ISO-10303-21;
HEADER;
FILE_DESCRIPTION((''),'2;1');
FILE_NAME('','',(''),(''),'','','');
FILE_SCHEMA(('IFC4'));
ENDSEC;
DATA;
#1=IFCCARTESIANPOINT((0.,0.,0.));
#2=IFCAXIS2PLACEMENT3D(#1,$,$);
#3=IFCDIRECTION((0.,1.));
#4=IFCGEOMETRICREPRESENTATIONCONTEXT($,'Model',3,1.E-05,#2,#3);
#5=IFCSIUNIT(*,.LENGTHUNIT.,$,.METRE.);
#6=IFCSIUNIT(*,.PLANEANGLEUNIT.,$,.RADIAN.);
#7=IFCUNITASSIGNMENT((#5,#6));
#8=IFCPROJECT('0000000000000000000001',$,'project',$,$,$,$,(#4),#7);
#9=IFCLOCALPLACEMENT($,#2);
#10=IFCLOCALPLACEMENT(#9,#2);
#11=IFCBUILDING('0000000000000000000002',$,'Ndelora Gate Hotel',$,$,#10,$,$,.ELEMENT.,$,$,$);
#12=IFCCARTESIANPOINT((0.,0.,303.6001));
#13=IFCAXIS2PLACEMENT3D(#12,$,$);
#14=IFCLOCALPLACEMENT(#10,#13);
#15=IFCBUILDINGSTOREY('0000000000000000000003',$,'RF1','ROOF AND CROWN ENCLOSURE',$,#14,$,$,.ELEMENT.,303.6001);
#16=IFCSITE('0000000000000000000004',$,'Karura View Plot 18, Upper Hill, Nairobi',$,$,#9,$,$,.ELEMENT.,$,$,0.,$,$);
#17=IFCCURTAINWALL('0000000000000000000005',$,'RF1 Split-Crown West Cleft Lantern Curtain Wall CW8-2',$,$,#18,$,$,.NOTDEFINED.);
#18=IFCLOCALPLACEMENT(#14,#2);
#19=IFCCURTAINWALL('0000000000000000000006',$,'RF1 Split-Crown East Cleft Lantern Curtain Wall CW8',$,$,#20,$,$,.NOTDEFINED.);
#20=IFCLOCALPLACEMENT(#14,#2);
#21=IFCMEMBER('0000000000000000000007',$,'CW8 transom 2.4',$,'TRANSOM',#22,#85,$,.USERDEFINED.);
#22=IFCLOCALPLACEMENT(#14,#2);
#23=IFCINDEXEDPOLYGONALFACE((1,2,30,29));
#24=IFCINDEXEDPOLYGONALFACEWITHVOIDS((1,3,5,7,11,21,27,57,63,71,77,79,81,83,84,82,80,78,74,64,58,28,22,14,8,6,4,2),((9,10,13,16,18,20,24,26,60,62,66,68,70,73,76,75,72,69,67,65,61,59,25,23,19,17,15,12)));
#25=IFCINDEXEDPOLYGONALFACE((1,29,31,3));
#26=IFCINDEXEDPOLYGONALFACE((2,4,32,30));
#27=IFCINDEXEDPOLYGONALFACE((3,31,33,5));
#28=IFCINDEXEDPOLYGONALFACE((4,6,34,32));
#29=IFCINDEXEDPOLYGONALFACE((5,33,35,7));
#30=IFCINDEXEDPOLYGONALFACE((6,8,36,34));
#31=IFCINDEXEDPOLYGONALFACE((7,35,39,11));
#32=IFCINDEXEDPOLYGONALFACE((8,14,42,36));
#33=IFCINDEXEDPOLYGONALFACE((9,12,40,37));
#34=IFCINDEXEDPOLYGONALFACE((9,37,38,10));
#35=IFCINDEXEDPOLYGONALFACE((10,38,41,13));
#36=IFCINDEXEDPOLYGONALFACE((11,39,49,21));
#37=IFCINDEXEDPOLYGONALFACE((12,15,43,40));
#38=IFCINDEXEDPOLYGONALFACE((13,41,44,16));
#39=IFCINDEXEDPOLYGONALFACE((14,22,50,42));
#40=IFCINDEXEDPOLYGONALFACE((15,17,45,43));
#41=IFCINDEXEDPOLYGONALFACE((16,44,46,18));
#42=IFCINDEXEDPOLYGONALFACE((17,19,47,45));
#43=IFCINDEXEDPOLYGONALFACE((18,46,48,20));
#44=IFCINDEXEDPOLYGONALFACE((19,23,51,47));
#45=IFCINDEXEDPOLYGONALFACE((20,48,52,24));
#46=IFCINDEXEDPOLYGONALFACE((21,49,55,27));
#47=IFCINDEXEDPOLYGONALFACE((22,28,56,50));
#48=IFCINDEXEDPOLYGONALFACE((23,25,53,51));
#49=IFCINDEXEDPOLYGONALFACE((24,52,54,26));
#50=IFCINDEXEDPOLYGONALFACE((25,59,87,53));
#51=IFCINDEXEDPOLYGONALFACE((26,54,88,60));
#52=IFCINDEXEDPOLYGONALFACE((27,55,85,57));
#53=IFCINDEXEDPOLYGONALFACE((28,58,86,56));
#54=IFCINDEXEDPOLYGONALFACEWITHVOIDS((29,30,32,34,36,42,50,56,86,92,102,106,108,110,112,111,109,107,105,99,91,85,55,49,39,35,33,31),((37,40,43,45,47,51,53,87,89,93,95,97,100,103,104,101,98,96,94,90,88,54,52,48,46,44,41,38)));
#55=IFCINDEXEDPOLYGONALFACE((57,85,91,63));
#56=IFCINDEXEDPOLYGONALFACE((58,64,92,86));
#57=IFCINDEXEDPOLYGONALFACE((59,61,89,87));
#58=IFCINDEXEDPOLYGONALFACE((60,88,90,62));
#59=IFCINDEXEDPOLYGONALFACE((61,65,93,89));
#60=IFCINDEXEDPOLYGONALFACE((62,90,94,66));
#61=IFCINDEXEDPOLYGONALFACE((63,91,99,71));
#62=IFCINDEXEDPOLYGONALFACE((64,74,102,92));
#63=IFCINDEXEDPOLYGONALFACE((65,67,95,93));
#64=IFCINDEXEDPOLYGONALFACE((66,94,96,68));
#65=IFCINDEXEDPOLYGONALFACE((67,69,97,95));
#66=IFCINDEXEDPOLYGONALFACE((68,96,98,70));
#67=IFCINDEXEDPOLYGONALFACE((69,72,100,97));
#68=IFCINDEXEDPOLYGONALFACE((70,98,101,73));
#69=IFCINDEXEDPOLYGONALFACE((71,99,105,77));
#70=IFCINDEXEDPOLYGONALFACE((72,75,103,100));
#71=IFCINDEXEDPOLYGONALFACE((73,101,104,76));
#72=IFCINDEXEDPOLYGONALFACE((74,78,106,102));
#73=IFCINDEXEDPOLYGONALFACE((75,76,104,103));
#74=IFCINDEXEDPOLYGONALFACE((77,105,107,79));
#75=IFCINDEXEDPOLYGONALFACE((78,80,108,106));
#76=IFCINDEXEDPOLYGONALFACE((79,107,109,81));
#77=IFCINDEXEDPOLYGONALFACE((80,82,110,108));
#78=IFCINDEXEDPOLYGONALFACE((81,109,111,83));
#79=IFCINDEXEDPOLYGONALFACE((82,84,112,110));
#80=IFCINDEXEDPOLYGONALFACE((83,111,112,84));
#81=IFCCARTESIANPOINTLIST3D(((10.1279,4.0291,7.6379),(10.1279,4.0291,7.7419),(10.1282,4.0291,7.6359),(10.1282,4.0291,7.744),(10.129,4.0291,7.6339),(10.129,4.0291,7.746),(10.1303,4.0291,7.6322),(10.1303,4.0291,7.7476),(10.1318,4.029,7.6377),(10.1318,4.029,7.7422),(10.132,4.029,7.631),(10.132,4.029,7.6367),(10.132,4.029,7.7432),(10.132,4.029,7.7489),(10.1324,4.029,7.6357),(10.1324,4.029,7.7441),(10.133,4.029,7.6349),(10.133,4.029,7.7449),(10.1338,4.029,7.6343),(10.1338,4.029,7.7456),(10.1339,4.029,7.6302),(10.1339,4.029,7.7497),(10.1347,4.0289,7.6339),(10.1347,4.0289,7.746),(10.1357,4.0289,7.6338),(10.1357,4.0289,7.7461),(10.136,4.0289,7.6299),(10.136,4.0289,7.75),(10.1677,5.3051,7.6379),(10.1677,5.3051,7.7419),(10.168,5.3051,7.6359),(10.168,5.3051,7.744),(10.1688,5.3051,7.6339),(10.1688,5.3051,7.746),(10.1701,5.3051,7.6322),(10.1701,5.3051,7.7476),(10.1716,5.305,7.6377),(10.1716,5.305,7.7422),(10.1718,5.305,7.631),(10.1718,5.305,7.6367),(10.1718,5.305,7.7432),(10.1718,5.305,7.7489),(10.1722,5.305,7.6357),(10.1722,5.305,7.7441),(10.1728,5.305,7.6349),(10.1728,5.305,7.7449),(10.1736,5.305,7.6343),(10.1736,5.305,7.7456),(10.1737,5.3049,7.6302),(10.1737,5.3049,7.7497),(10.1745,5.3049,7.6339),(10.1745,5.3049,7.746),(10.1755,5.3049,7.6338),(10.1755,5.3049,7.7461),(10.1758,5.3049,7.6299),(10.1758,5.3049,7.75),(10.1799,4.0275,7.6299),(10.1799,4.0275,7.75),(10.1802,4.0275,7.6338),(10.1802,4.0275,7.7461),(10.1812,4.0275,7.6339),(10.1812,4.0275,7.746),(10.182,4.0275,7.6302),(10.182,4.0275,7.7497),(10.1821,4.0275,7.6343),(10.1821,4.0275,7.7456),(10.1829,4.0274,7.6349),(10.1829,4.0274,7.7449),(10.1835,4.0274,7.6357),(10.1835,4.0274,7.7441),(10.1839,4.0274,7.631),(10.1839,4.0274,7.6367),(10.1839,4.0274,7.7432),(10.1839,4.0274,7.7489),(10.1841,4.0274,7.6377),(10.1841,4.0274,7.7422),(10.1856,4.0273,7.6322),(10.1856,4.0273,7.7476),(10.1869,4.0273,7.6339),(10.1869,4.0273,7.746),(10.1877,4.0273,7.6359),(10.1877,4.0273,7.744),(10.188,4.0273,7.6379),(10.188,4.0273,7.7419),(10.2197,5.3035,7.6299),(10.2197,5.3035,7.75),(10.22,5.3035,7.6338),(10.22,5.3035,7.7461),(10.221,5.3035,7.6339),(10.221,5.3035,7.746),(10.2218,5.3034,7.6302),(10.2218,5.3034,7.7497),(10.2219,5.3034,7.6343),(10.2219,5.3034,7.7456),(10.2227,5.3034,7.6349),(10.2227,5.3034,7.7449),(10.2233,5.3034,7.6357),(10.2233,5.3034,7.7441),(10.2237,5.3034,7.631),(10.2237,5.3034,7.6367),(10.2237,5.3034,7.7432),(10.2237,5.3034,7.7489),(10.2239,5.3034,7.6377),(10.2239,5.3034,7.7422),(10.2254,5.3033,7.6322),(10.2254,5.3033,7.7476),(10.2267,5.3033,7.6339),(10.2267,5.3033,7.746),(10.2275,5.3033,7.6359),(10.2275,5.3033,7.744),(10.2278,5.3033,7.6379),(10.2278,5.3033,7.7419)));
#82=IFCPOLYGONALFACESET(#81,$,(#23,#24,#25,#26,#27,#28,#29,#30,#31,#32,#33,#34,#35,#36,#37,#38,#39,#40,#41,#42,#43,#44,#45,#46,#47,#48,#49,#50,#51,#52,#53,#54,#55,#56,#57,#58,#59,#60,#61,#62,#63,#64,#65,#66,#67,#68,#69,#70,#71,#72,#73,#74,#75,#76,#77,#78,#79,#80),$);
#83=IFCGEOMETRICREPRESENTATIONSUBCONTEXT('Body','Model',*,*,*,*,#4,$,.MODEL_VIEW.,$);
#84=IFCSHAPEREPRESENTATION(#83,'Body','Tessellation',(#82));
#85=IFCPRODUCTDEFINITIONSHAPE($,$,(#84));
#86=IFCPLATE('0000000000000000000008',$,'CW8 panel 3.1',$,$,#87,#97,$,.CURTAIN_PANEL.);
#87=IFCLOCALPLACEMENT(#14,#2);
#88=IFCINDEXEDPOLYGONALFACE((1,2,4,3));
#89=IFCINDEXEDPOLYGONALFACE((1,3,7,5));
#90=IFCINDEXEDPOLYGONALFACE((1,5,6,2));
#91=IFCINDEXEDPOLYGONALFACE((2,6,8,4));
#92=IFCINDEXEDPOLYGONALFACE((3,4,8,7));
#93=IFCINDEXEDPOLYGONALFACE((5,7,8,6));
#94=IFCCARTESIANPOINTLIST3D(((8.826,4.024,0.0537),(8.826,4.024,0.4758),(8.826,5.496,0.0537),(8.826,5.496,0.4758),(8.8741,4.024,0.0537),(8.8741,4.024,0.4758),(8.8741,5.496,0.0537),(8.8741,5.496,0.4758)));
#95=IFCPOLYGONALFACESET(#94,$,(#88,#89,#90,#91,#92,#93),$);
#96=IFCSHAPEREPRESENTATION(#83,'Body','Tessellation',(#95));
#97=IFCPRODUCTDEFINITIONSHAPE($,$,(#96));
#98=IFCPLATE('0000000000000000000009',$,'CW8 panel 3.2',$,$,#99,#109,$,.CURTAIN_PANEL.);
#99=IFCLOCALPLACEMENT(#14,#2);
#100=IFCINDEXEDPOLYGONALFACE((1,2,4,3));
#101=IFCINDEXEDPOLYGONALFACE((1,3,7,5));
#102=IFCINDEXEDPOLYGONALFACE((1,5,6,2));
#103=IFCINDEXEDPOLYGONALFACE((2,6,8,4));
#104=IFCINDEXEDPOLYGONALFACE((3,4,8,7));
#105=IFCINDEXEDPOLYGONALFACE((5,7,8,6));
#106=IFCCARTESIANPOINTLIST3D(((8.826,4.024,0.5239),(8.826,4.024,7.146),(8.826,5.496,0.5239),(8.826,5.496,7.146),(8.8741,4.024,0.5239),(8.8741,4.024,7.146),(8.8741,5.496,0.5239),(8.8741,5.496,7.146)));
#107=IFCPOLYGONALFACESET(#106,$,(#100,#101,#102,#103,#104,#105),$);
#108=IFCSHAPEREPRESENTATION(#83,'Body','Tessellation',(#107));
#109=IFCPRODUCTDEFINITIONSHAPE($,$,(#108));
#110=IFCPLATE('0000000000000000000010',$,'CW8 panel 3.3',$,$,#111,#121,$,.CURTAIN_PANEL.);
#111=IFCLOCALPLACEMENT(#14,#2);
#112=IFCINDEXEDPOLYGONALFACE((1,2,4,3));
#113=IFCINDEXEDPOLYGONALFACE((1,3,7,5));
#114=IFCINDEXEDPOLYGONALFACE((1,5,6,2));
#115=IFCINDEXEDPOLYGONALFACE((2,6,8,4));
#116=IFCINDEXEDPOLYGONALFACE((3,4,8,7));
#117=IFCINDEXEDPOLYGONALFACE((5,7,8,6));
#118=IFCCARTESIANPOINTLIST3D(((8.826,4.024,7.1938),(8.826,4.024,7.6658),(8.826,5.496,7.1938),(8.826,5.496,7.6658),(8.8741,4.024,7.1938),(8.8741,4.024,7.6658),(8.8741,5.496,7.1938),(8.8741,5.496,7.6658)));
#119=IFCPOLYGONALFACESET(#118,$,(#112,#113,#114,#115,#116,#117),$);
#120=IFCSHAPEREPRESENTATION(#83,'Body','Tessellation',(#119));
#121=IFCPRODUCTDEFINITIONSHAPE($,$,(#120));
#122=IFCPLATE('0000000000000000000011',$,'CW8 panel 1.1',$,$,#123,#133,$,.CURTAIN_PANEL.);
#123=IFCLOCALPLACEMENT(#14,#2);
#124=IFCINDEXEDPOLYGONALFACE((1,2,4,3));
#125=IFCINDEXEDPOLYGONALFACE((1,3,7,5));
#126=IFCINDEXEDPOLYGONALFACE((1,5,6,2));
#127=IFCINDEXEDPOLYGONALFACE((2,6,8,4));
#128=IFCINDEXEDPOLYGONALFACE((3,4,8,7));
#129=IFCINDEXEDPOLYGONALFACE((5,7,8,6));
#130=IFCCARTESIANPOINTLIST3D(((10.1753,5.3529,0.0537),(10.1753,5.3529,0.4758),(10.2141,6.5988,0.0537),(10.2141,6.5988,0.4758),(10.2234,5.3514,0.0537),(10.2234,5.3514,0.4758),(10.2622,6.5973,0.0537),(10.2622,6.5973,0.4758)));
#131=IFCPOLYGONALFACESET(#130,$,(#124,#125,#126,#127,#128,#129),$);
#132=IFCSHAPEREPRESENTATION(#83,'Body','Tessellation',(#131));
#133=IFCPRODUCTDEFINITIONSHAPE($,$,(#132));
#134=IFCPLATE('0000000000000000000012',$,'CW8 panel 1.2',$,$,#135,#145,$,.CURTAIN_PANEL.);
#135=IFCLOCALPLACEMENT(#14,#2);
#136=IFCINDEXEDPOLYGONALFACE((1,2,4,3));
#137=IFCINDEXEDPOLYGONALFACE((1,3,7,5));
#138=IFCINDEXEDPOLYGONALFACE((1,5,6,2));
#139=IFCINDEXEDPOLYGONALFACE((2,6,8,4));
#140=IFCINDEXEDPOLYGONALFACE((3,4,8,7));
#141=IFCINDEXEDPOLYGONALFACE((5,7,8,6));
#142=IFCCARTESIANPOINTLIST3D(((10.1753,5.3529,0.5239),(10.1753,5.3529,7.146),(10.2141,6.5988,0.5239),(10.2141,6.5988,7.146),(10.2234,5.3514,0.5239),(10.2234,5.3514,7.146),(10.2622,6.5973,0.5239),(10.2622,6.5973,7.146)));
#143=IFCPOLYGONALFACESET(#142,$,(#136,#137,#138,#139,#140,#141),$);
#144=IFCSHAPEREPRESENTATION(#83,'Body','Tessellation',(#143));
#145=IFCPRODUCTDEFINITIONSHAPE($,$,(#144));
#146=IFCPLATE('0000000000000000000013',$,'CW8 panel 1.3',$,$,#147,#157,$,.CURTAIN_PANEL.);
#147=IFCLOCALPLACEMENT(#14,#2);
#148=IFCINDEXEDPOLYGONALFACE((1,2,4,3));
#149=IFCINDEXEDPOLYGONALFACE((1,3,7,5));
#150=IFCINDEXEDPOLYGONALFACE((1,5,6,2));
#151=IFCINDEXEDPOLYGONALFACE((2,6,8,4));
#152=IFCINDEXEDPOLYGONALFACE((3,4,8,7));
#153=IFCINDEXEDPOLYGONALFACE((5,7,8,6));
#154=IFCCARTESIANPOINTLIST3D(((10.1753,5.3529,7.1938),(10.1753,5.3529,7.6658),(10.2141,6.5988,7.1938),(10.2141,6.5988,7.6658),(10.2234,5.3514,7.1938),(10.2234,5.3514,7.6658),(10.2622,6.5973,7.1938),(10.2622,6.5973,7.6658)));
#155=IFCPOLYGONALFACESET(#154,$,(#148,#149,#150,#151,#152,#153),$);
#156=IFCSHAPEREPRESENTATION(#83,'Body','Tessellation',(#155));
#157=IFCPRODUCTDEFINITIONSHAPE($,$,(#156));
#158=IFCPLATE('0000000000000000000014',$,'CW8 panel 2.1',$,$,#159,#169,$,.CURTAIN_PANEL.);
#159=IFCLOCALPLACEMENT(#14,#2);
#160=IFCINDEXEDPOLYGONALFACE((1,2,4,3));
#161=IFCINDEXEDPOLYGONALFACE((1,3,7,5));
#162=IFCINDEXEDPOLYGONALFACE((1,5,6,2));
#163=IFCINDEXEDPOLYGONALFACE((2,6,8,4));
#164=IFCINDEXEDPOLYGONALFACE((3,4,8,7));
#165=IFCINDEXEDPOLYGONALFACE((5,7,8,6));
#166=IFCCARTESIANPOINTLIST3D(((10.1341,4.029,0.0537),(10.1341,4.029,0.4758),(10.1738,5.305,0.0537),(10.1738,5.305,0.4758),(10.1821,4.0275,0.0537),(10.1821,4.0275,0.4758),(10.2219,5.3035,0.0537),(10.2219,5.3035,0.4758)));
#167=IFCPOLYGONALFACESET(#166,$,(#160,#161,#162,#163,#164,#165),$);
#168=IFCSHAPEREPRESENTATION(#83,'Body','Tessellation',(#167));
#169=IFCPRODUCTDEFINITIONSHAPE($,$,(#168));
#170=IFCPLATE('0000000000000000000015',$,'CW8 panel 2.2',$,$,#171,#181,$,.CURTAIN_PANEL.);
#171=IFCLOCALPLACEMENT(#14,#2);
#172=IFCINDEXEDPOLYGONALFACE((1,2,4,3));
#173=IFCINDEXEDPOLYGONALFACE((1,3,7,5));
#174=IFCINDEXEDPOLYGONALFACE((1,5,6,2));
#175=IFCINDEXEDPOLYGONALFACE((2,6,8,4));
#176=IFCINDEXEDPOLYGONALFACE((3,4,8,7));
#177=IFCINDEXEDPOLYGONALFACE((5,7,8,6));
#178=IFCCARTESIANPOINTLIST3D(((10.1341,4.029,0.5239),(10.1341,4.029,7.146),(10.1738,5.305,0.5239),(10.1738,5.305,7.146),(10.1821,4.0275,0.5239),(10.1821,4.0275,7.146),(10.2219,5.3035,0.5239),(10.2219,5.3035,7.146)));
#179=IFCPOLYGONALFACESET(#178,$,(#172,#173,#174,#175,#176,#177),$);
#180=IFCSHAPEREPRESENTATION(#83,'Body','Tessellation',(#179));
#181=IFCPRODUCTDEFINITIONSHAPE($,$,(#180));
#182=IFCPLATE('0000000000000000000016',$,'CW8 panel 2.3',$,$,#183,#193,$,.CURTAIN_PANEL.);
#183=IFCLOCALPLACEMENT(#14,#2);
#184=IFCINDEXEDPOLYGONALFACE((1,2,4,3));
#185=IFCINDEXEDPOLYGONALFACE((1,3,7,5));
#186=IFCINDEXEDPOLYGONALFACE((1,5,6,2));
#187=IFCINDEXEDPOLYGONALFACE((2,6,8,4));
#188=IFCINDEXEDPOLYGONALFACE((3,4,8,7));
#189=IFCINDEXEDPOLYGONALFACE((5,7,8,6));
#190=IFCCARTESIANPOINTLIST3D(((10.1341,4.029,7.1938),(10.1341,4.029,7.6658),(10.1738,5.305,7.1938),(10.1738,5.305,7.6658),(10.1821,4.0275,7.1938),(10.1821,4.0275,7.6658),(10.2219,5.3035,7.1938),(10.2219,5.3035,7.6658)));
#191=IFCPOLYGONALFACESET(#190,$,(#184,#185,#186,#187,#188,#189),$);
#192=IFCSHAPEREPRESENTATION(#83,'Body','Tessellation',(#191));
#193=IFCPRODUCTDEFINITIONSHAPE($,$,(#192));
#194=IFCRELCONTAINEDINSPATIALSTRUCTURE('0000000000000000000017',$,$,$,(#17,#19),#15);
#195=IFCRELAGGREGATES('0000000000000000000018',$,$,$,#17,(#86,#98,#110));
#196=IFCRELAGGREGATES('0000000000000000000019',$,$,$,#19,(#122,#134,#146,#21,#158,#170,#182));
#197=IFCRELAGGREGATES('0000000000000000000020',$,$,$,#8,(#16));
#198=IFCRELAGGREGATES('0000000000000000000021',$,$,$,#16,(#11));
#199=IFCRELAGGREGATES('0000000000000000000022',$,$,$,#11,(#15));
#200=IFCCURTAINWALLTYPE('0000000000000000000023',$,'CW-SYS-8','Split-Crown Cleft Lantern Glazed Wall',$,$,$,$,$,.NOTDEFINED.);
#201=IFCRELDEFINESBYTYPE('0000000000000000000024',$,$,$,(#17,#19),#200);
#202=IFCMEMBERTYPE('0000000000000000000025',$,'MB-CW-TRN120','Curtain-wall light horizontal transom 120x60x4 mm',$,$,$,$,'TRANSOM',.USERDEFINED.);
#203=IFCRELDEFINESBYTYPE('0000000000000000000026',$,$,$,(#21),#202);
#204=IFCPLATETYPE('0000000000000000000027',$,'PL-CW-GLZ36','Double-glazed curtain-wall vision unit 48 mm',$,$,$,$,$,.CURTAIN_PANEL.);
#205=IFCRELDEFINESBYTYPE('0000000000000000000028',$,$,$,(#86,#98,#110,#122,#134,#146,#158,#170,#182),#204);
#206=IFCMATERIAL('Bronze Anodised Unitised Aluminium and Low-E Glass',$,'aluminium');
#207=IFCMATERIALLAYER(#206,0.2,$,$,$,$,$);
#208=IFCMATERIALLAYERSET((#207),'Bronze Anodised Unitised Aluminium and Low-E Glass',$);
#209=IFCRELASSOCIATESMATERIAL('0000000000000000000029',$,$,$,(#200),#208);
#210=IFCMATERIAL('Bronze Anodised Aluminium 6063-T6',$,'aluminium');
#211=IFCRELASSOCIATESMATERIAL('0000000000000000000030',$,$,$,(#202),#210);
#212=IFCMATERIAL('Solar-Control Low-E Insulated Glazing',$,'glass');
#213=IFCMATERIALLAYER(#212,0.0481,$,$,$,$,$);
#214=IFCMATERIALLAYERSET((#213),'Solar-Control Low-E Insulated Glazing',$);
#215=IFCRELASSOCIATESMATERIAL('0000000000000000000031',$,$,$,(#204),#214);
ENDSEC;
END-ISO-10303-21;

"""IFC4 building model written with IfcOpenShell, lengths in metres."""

from ifc_helpers import new_model, si_unit, direction, frame, origin, origin_2d, place, context, subcontext, project, spatial, rectangle, hollow_rectangle, extrude, material, layer, layer_set, material_profile, profile_set, type_object, element, aggregate, save


model = new_model("IFC4")

# Units and contexts
model_context = context("Model", 3, precision=1e-05, world=origin(), true_north=direction((0.0, 1.0)))
body_context = subcontext(model_context, "Body", "Model", "MODEL_VIEW")
ifc_project = project(units=[si_unit("LENGTHUNIT", "METRE"), si_unit("PLANEANGLEUNIT", "RADIAN")], contexts=[model_context])

# Site, building, storey
site_placement = place(None, origin())
site = spatial("IfcSite", under=ifc_project, at=site_placement, Name="Karura View Plot 18, Upper Hill, Nairobi", CompositionType="ELEMENT", RefElevation=0.0)
building_placement = place(site_placement, origin())
building = spatial("IfcBuilding", under=site, at=building_placement, Name="Ndelora Gate Hotel", CompositionType="ELEMENT")
storey_placement = place(building_placement, frame((0.0, 0.0, 303.6001)))
storey = spatial("IfcBuildingStorey", under=building, at=storey_placement, Name="RF1", Description="ROOF AND CROWN ENCLOSURE", CompositionType="ELEMENT", Elevation=303.6001)

# Curtain walls
ifc_material_1 = material(Name="Bronze Anodised Unitised Aluminium and Low-E Glass", Category="aluminium")
ifc_layer_1 = layer(ifc_material_1, 0.2)
ifc_layer_set_1 = layer_set([ifc_layer_1], Name="Bronze Anodised Unitised Aluminium and Low-E Glass")
curtain_wall_type = type_object("IfcCurtainWallType", Name="CW-SYS-8", Description="Split-Crown Cleft Lantern Glazed Wall", PredefinedType="NOTDEFINED", material=ifc_layer_set_1)
curtain_wall_1_placement = place(storey_placement, origin())
curtain_wall_1 = element("IfcCurtainWall", 1, at=curtain_wall_1_placement, inside=storey, type_object=curtain_wall_type, Name="RF1 Split-Crown West Cleft Lantern Curtain Wall CW8-2", PredefinedType="NOTDEFINED")
ifc_material_2 = material(Name="Bronze Anodised Aluminium 6063-T6", Category="aluminium")
curtain_wall_2_placement = place(storey_placement, origin())
curtain_wall_2 = element("IfcCurtainWall", 2, at=curtain_wall_2_placement, inside=storey, type_object=curtain_wall_type, Name="RF1 Split-Crown East Cleft Lantern Curtain Wall CW8", PredefinedType="NOTDEFINED")

# Member
ifc_material_profile_1 = material_profile(ifc_material_2, hollow_rectangle(XDim=0.0601, YDim=0.1201, WallThickness=0.0039, InnerFilletRadius=0.0039, OuterFilletRadius=0.0081, at=origin_2d()), Name="ALU 120x60x4")
ifc_profile_set_1 = profile_set([ifc_material_profile_1], Name="Bronze Anodised Aluminium 6063-T6")
member_type_1 = type_object("IfcMemberType", Name="MB-CW-TRN120", Description="Curtain-wall light horizontal transom 120x60x4 mm", ElementType="TRANSOM", PredefinedType="USERDEFINED", material=ifc_profile_set_1)
member_1_placement = place(storey_placement, frame((10.1978, 5.3042, 7.6899), z_axis=(-0.031175, -0.999514, 0.0), x_axis=(0.999514, -0.031175, 0.0)))
member_1 = element("IfcMember", 3, at=member_1_placement, type_object=member_type_1, Name="CW8 transom 2.4", ObjectType="TRANSOM", PredefinedType="USERDEFINED", context=body_context, shape_type="SweptSolid", body=[
    extrude(hollow_rectangle(XDim=0.0601, YDim=0.1201, WallThickness=0.0039, InnerFilletRadius=0.0039, OuterFilletRadius=0.0081, at=origin_2d()), origin(), (0.0, 0.0, 1.0), 1.2766),
])

# Plates
ifc_material_3 = material(Name="Solar-Control Low-E Insulated Glazing", Category="glass")
ifc_layer_2 = layer(ifc_material_3, 0.0481)
ifc_layer_set_2 = layer_set([ifc_layer_2], Name="Solar-Control Low-E Insulated Glazing")
plate_type = type_object("IfcPlateType", Name="PL-CW-GLZ36", Description="Double-glazed curtain-wall vision unit 48 mm", PredefinedType="CURTAIN_PANEL", material=ifc_layer_set_2)
plate_1_placement = place(storey_placement, frame((8.8501, 4.76, 0.0537), z_axis=(0.0, 0.0, 1.0), x_axis=(0.0, 1.0, 0.0)))
plate_1 = element("IfcPlate", 4, at=plate_1_placement, type_object=plate_type, Name="CW8 panel 3.1", PredefinedType="CURTAIN_PANEL", context=body_context, shape_type="SweptSolid", body=[
    extrude(rectangle(XDim=1.4719, YDim=0.0481, at=origin_2d()), origin(), (0.0, 0.0, 1.0), 0.4221),
])
plate_2_placement = place(storey_placement, frame((8.8501, 4.76, 0.5239), z_axis=(0.0, 0.0, 1.0), x_axis=(0.0, 1.0, 0.0)))
plate_2 = element("IfcPlate", 5, at=plate_2_placement, type_object=plate_type, Name="CW8 panel 3.2", PredefinedType="CURTAIN_PANEL", context=body_context, shape_type="SweptSolid", body=[
    extrude(rectangle(XDim=1.4719, YDim=0.0481, at=origin_2d()), origin(), (0.0, 0.0, 1.0), 6.6221),
])
plate_3_placement = place(storey_placement, frame((8.8501, 4.76, 7.1938), z_axis=(0.0, 0.0, 1.0), x_axis=(0.0, 1.0, 0.0)))
plate_3 = element("IfcPlate", 6, at=plate_3_placement, type_object=plate_type, Name="CW8 panel 3.3", PredefinedType="CURTAIN_PANEL", context=body_context, shape_type="SweptSolid", body=[
    extrude(rectangle(XDim=1.4719, YDim=0.0481, at=origin_2d()), origin(), (0.0, 0.0, 1.0), 0.4719),
])
aggregate(curtain_wall_1, [plate_1, plate_2, plate_3])
plate_4_placement = place(storey_placement, frame((10.2188, 5.9751, 0.0537), z_axis=(0.0, 0.0, 1.0), x_axis=(-0.031131, -0.999515, 0.0)))
plate_4 = element("IfcPlate", 7, at=plate_4_placement, type_object=plate_type, Name="CW8 panel 1.1", PredefinedType="CURTAIN_PANEL", context=body_context, shape_type="SweptSolid", body=[
    extrude(rectangle(XDim=1.2466, YDim=0.0481, at=origin_2d()), origin(), (0.0, 0.0, 1.0), 0.4221),
])
plate_5_placement = place(storey_placement, frame((10.2188, 5.9751, 0.5239), z_axis=(0.0, 0.0, 1.0), x_axis=(-0.031131, -0.999515, 0.0)))
plate_5 = element("IfcPlate", 8, at=plate_5_placement, type_object=plate_type, Name="CW8 panel 1.2", PredefinedType="CURTAIN_PANEL", context=body_context, shape_type="SweptSolid", body=[
    extrude(rectangle(XDim=1.2466, YDim=0.0481, at=origin_2d()), origin(), (0.0, 0.0, 1.0), 6.6221),
])
plate_6_placement = place(storey_placement, frame((10.2188, 5.9751, 7.1938), z_axis=(0.0, 0.0, 1.0), x_axis=(-0.031131, -0.999515, 0.0)))
plate_6 = element("IfcPlate", 9, at=plate_6_placement, type_object=plate_type, Name="CW8 panel 1.3", PredefinedType="CURTAIN_PANEL", context=body_context, shape_type="SweptSolid", body=[
    extrude(rectangle(XDim=1.2466, YDim=0.0481, at=origin_2d()), origin(), (0.0, 0.0, 1.0), 0.4719),
])
plate_7_placement = place(storey_placement, frame((10.178, 4.6663, 0.0537), z_axis=(0.0, 0.0, 1.0), x_axis=(-0.031131, -0.999515, 0.0)))
plate_7 = element("IfcPlate", 10, at=plate_7_placement, type_object=plate_type, Name="CW8 panel 2.1", PredefinedType="CURTAIN_PANEL", context=body_context, shape_type="SweptSolid", body=[
    extrude(rectangle(XDim=1.2766, YDim=0.0481, at=origin_2d()), origin(), (0.0, 0.0, 1.0), 0.4221),
])
plate_8_placement = place(storey_placement, frame((10.178, 4.6663, 0.5239), z_axis=(0.0, 0.0, 1.0), x_axis=(-0.031131, -0.999515, 0.0)))
plate_8 = element("IfcPlate", 11, at=plate_8_placement, type_object=plate_type, Name="CW8 panel 2.2", PredefinedType="CURTAIN_PANEL", context=body_context, shape_type="SweptSolid", body=[
    extrude(rectangle(XDim=1.2766, YDim=0.0481, at=origin_2d()), origin(), (0.0, 0.0, 1.0), 6.6221),
])
plate_9_placement = place(storey_placement, frame((10.178, 4.6663, 7.1938), z_axis=(0.0, 0.0, 1.0), x_axis=(-0.031131, -0.999515, 0.0)))
plate_9 = element("IfcPlate", 12, at=plate_9_placement, type_object=plate_type, Name="CW8 panel 2.3", PredefinedType="CURTAIN_PANEL", context=body_context, shape_type="SweptSolid", body=[
    extrude(rectangle(XDim=1.2766, YDim=0.0481, at=origin_2d()), origin(), (0.0, 0.0, 1.0), 0.4719),
])
aggregate(curtain_wall_2, [plate_4, plate_5, plate_6, member_1, plate_7, plate_8, plate_9])

save(model, "model.ifc")
